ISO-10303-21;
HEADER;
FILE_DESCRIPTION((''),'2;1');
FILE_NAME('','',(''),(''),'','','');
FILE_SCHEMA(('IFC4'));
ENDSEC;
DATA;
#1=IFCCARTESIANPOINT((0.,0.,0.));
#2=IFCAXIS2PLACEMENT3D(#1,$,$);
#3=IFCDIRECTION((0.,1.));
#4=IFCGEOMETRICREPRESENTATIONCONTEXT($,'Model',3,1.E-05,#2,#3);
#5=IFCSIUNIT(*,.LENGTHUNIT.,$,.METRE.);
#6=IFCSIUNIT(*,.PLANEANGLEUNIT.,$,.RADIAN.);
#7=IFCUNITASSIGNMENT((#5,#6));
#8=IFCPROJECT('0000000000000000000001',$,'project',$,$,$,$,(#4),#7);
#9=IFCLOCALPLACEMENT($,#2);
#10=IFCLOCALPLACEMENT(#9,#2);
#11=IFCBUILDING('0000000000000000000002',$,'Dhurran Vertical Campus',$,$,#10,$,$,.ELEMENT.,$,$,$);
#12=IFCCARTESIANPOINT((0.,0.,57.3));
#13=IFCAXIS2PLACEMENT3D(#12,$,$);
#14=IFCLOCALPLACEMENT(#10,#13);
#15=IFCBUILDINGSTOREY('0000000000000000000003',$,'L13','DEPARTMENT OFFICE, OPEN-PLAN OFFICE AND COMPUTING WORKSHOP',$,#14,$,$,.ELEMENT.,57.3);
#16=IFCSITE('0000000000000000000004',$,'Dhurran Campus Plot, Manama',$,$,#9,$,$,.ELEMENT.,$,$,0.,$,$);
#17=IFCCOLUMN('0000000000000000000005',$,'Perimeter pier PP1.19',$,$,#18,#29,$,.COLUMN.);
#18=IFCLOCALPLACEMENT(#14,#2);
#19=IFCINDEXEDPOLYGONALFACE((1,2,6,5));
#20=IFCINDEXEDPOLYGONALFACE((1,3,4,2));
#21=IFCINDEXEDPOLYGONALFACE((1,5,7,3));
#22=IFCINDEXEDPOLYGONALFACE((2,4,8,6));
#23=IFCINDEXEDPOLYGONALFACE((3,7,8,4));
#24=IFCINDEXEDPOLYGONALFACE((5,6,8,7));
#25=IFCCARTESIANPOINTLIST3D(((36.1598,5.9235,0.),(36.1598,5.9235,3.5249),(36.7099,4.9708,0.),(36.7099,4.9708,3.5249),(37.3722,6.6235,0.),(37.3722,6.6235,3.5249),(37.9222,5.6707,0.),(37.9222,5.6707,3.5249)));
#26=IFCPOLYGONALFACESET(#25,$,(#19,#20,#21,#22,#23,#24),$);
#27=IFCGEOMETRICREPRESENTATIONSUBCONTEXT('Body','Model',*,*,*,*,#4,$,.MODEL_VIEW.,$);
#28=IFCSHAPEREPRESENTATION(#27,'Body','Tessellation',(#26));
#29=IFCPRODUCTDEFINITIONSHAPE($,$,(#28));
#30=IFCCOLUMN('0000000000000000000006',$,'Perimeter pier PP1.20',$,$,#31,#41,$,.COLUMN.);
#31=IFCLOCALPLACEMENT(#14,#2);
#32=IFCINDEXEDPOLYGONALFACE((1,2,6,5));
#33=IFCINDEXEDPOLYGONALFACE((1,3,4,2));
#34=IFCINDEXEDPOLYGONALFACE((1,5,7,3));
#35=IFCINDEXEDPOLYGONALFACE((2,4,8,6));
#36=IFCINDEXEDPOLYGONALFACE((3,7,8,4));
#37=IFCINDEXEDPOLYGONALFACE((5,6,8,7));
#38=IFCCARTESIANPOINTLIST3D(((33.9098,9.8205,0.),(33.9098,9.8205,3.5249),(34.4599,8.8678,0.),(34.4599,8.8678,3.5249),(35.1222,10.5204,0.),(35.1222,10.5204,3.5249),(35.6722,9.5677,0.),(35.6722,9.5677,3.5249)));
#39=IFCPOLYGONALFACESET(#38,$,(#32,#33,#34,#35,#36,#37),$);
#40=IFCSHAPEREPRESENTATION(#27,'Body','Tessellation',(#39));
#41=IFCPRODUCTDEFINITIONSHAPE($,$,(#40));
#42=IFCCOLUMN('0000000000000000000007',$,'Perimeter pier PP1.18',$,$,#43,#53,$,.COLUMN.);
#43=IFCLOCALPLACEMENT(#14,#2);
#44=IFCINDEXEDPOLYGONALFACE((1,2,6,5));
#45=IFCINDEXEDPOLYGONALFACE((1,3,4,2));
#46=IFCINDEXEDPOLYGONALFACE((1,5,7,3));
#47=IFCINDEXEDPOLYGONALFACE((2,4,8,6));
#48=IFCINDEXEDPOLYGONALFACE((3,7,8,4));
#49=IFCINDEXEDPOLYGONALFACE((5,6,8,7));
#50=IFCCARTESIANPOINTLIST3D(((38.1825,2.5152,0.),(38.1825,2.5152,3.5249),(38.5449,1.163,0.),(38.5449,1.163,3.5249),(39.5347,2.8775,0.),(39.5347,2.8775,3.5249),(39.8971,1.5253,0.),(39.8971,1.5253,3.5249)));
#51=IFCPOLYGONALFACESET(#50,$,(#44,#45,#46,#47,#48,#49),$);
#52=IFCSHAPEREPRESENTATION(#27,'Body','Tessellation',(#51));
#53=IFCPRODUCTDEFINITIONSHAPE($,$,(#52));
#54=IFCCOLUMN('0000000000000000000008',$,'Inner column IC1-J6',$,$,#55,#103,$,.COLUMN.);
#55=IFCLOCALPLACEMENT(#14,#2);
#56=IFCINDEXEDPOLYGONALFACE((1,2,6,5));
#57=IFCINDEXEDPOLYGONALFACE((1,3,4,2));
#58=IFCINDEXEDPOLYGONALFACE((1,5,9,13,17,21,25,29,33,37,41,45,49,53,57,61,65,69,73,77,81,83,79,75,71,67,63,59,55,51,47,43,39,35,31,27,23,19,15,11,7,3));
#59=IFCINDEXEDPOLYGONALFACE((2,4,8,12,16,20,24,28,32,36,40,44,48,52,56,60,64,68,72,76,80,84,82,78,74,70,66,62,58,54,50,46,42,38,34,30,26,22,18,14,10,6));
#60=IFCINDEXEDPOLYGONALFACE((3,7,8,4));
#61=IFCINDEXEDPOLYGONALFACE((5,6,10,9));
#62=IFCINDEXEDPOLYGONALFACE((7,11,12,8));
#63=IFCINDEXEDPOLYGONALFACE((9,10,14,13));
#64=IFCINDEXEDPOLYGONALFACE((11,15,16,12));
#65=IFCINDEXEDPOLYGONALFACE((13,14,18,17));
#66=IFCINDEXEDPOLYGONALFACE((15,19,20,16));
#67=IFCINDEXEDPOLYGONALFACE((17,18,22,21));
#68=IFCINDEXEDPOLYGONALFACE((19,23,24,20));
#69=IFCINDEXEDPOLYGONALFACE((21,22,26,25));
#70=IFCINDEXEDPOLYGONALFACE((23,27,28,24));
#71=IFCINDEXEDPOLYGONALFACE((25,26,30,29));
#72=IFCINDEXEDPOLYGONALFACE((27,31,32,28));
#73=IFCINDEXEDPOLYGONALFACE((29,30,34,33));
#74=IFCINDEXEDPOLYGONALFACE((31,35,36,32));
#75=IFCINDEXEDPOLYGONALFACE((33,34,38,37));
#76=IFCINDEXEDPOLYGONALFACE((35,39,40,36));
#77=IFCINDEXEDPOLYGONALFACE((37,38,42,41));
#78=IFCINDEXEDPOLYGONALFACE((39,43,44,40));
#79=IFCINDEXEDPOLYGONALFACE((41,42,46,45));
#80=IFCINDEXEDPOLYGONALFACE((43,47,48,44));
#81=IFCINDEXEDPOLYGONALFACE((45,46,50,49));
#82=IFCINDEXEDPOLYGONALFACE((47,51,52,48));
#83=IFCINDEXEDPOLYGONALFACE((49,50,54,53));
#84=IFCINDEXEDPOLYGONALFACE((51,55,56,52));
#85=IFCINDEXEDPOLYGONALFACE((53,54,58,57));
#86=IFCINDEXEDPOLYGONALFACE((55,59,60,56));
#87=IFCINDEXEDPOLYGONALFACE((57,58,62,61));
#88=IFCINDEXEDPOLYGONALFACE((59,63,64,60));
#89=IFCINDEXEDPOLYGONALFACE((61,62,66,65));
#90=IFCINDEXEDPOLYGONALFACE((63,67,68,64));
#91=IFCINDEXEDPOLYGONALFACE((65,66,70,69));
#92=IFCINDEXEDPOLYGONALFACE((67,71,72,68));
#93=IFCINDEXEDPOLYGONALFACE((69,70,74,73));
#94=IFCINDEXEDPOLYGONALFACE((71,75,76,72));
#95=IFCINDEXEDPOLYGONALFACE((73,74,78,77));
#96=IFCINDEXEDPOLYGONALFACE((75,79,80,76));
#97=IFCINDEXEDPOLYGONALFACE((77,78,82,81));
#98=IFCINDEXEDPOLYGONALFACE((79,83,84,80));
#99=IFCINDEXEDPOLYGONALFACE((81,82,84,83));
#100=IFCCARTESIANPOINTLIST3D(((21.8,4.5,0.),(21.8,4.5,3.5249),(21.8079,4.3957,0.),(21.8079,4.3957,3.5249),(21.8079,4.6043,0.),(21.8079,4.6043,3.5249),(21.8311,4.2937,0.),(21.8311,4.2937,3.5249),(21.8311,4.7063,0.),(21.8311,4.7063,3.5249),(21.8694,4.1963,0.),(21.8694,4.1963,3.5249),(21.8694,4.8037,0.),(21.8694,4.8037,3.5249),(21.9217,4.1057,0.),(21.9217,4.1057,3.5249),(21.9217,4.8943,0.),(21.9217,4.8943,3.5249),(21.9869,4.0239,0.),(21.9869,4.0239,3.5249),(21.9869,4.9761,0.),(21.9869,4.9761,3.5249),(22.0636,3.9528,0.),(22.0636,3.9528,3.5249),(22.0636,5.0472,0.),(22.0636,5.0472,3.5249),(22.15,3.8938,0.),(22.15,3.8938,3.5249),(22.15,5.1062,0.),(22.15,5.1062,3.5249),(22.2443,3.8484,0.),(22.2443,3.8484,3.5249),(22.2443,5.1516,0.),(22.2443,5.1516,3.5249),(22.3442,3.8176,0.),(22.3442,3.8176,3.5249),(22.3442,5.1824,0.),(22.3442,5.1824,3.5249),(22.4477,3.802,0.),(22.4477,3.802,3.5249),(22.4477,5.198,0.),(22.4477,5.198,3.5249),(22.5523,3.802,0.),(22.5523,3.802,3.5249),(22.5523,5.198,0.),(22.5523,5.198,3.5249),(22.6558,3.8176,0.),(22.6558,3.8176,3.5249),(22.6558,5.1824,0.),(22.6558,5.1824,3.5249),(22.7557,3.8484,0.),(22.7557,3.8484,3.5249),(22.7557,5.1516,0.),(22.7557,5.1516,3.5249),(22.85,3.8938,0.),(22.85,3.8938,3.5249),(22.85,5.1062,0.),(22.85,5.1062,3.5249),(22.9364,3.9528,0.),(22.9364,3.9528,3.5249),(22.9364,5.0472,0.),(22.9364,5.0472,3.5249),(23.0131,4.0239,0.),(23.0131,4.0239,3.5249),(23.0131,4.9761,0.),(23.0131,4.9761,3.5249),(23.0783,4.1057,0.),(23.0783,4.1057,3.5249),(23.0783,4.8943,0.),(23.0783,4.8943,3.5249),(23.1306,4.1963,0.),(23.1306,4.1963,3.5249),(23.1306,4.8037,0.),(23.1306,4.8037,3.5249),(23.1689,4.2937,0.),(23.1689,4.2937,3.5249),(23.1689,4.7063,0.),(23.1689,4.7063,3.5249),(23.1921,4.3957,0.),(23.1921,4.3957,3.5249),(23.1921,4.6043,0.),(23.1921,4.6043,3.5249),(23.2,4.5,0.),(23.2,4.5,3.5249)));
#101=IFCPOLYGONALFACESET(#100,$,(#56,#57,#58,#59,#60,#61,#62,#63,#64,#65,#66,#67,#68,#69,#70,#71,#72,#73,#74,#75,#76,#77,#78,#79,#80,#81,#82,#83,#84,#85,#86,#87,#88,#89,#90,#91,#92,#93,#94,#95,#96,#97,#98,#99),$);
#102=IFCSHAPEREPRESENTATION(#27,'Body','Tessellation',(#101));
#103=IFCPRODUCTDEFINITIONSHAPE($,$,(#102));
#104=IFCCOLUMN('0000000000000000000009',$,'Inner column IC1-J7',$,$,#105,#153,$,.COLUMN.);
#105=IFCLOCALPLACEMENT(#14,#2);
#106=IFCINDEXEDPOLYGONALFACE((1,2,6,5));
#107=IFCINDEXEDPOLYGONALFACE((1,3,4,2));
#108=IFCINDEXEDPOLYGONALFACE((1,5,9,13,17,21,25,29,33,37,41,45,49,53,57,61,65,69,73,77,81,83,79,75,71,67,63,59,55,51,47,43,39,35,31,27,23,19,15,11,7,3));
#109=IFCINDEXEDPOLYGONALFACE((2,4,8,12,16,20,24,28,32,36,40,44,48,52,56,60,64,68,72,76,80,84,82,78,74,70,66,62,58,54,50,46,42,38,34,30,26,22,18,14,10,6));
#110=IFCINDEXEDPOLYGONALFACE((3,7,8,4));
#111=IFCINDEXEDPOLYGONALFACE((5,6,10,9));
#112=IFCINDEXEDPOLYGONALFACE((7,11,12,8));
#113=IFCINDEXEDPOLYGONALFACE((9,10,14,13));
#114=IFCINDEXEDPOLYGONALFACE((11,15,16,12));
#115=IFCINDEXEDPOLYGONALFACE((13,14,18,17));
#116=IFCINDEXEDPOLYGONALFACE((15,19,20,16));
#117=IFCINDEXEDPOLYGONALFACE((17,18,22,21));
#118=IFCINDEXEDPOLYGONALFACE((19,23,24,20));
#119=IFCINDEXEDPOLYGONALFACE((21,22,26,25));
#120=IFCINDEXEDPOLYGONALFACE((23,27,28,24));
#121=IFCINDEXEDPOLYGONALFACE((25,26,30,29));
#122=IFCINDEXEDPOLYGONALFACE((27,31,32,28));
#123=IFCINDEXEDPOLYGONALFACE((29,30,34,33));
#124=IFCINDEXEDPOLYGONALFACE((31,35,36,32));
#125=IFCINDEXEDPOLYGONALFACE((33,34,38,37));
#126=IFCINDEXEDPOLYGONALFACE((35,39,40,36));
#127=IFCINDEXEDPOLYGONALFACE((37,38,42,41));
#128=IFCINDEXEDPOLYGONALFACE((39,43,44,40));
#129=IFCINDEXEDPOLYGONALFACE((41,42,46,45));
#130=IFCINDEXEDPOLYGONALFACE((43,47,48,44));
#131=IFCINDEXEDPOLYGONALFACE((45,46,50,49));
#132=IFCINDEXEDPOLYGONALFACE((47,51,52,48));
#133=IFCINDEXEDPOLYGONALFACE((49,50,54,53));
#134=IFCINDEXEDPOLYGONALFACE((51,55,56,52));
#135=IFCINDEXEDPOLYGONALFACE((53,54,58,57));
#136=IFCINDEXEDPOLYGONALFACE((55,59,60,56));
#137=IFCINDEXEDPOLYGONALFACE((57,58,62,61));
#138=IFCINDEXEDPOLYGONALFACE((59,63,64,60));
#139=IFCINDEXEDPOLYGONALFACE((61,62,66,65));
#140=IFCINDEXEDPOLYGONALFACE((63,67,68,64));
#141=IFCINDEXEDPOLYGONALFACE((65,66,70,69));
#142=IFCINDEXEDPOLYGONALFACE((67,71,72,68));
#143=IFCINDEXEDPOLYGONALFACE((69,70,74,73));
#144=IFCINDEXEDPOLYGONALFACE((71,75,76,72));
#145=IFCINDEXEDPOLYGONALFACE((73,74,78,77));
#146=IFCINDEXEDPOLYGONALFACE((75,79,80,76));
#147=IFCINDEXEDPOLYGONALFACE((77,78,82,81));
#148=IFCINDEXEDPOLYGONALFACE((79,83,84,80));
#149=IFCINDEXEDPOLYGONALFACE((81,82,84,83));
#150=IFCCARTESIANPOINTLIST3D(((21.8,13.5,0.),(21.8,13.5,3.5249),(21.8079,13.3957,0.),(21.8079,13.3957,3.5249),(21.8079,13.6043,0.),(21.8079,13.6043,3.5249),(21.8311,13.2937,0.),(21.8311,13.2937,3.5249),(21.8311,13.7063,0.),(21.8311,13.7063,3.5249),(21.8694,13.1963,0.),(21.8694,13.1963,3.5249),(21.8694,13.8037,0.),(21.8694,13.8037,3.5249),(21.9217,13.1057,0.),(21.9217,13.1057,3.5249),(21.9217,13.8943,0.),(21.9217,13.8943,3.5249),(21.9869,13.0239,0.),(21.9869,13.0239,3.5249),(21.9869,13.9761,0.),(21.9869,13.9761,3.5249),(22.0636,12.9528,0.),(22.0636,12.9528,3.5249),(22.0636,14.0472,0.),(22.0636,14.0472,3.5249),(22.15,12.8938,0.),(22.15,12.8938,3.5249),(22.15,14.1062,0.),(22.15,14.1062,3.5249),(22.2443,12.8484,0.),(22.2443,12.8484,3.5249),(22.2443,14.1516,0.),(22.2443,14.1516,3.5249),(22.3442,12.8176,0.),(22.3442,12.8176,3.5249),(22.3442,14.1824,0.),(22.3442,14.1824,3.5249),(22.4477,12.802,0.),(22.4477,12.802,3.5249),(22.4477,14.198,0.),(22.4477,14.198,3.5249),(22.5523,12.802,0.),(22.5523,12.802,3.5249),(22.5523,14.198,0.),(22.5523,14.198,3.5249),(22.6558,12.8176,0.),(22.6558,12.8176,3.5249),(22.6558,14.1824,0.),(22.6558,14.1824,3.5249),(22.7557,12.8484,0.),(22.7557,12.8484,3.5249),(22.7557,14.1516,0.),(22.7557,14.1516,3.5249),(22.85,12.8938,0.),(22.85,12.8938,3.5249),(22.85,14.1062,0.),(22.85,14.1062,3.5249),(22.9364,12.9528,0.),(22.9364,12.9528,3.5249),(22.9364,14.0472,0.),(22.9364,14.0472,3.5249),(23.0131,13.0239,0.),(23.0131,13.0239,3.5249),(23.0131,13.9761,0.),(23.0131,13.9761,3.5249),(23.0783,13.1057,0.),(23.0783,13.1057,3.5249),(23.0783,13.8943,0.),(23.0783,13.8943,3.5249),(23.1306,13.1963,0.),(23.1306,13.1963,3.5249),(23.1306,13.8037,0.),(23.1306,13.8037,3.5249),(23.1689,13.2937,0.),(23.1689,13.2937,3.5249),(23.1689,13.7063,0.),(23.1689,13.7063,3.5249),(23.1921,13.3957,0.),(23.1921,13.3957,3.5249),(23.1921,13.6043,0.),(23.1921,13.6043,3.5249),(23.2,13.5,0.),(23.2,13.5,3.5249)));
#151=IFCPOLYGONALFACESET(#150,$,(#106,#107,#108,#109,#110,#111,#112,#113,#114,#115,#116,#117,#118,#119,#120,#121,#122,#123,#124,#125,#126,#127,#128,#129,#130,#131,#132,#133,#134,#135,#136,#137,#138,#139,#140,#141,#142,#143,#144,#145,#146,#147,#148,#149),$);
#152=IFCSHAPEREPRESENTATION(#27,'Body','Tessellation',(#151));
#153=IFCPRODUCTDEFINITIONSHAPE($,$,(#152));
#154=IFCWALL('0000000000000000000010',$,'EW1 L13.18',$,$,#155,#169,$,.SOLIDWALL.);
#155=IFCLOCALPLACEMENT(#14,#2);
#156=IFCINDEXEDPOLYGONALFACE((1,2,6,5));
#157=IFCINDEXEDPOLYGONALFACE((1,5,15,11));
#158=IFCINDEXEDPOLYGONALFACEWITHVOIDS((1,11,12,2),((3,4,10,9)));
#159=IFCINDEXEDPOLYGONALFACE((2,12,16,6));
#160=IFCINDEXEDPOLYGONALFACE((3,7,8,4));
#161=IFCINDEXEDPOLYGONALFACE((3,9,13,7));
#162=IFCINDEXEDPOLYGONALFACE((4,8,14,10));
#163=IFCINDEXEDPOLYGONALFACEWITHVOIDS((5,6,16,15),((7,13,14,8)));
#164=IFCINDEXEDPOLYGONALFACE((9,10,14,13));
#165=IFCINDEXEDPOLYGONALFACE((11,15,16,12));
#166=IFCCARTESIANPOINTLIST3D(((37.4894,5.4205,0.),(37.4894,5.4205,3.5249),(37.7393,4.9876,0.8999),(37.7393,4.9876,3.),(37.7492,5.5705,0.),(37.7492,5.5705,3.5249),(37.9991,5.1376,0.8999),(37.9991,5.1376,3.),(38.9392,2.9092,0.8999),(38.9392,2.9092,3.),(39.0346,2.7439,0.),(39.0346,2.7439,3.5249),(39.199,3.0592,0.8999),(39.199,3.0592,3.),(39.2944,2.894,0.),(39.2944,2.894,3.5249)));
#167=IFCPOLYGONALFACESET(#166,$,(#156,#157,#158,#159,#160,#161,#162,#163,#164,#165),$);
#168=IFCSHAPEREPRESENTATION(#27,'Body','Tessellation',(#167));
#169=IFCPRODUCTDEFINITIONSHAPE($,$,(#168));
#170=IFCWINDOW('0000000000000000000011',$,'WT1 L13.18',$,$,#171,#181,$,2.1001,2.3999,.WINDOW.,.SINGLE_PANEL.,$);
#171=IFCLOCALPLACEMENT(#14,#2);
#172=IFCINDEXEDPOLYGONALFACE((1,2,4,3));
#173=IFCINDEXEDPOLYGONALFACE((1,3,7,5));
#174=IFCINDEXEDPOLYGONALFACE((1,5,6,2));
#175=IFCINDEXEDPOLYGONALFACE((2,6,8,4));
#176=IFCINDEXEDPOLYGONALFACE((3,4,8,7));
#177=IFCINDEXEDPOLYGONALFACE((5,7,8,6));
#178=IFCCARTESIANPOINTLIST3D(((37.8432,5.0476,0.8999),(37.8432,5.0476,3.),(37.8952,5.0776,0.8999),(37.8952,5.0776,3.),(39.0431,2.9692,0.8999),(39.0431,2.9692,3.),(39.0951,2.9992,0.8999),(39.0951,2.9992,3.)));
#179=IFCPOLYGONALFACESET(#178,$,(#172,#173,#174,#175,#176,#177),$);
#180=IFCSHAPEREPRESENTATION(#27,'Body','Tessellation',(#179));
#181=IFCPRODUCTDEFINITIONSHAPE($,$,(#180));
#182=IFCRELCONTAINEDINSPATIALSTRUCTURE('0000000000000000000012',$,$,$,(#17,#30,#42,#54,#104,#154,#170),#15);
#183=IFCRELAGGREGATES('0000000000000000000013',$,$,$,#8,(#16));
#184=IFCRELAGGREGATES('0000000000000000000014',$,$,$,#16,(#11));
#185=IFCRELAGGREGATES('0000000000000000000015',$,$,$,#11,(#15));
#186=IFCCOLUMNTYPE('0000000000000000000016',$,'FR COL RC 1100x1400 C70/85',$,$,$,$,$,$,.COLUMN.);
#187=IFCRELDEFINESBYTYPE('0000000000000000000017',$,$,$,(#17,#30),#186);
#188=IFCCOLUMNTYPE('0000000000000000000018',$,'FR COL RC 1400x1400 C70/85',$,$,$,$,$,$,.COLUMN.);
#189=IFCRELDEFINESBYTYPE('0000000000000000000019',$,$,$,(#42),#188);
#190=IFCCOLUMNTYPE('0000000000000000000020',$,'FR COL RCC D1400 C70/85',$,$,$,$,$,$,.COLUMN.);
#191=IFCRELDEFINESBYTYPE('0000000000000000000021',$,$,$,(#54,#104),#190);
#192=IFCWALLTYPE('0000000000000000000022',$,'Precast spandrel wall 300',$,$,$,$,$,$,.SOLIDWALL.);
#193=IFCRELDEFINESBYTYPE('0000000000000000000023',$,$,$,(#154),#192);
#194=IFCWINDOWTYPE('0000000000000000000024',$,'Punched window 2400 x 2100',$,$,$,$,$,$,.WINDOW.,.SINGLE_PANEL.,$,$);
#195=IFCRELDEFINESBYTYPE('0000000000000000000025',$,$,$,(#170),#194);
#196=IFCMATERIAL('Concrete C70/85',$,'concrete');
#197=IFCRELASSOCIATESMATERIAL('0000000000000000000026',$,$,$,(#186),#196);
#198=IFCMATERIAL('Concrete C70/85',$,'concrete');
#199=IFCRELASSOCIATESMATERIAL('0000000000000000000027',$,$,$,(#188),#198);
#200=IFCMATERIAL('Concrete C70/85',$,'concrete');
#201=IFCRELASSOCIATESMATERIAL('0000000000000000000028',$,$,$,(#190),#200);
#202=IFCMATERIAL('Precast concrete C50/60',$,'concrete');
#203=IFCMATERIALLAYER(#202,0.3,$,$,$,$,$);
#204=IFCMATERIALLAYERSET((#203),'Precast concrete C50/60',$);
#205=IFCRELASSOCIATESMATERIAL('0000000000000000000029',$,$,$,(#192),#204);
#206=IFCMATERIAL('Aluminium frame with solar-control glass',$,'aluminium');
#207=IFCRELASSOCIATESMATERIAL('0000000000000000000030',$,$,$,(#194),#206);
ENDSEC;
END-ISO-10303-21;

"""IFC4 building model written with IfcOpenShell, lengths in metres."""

from ifc_helpers import new_model, si_unit, direction, frame, frame_2d, origin, origin_2d, place, context, subcontext, project, spatial, rectangle, circle, extrude, material, layer, layer_set, material_profile, profile_set, type_object, element, fill, save


model = new_model("IFC4")

# Units and contexts
model_context = context("Model", 3, precision=1e-05, world=origin(), true_north=direction((0.0, 1.0)))
body_context = subcontext(model_context, "Body", "Model", "MODEL_VIEW")
ifc_project = project(units=[si_unit("LENGTHUNIT", "METRE"), si_unit("PLANEANGLEUNIT", "RADIAN")], contexts=[model_context])

# Site, building, storey
site_placement = place(None, origin())
site = spatial("IfcSite", under=ifc_project, at=site_placement, Name="Dhurran Campus Plot, Manama", CompositionType="ELEMENT", RefElevation=0.0)
building_placement = place(site_placement, origin())
building = spatial("IfcBuilding", under=site, at=building_placement, Name="Dhurran Vertical Campus", CompositionType="ELEMENT")
storey_placement = place(building_placement, frame((0.0, 0.0, 57.3)))
storey = spatial("IfcBuildingStorey", under=building, at=storey_placement, Name="L13", Description="DEPARTMENT OFFICE, OPEN-PLAN OFFICE AND COMPUTING WORKSHOP", CompositionType="ELEMENT", Elevation=57.3)

# Columns
ifc_material_1 = material(Name="Concrete C70/85", Category="concrete")
ifc_material_profile_1 = material_profile(ifc_material_1, rectangle(XDim=1.1001, YDim=1.3999, at=origin_2d()), Name="RC 1100x1400")
ifc_profile_set_1 = profile_set([ifc_material_profile_1], Name="Concrete C70/85")
column_type_1 = type_object("IfcColumnType", Name="FR COL RC 1100x1400 C70/85", PredefinedType="COLUMN", material=ifc_profile_set_1)
for number, where, z_axis, x_axis, name in (
    (1, (37.041, 5.7971, 0.0), (0.0, 0.0, 1.0), (-0.5, 0.866025, 0.0), "Perimeter pier PP1.19"),
    (2, (34.791, 9.6941, 0.0), (0.0, 0.0, 1.0), (-0.5, 0.866025, 0.0), "Perimeter pier PP1.20"),
):
    element("IfcColumn", number, at=place(storey_placement, frame(where, z_axis=z_axis, x_axis=x_axis)), inside=storey, type_object=column_type_1, Name=name, PredefinedType="COLUMN", context=body_context, shape_type="SweptSolid", body=[
        extrude(rectangle(XDim=1.1001, YDim=1.3999, at=origin_2d()), origin(), (0.0, 0.0, 1.0), 3.5249),
    ])
ifc_material_2 = material(Name="Concrete C70/85", Category="concrete")
ifc_material_profile_2 = material_profile(ifc_material_2, rectangle(XDim=1.3999, YDim=1.3999, at=origin_2d()), Name="RC 1400x1400")
ifc_profile_set_2 = profile_set([ifc_material_profile_2], Name="Concrete C70/85")
column_type_2 = type_object("IfcColumnType", Name="FR COL RC 1400x1400 C70/85", PredefinedType="COLUMN", material=ifc_profile_set_2)
column_placement = place(storey_placement, frame((39.0398, 2.0203, 0.0), z_axis=(0.0, 0.0, 1.0), x_axis=(-0.258819, 0.965926, 0.0)))
element("IfcColumn", 3, at=column_placement, inside=storey, type_object=column_type_2, Name="Perimeter pier PP1.18", PredefinedType="COLUMN", context=body_context, shape_type="SweptSolid", body=[
    extrude(rectangle(XDim=1.3999, YDim=1.3999, at=origin_2d()), origin(), (0.0, 0.0, 1.0), 3.5249),
])
ifc_material_3 = material(Name="Concrete C70/85", Category="concrete")
ifc_material_profile_3 = material_profile(ifc_material_3, circle(Radius=0.7, at=origin_2d()), Name="RCC D1400")
ifc_profile_set_3 = profile_set([ifc_material_profile_3], Name="Concrete C70/85")
column_type_3 = type_object("IfcColumnType", Name="FR COL RCC D1400 C70/85", PredefinedType="COLUMN", material=ifc_profile_set_3)
for number, where, z_axis, x_axis, name in (
    (4, (22.5, 4.5, 0.0), (0.0, 0.0, 1.0), (1.0, 0.0, 0.0), "Inner column IC1-J6"),
    (5, (22.5, 13.5, 0.0), (0.0, 0.0, 1.0), (1.0, 0.0, 0.0), "Inner column IC1-J7"),
):
    element("IfcColumn", number, at=place(storey_placement, frame(where, z_axis=z_axis, x_axis=x_axis)), inside=storey, type_object=column_type_3, Name=name, PredefinedType="COLUMN", context=body_context, shape_type="SweptSolid", body=[
        extrude(circle(Radius=0.7, at=origin_2d()), origin(), (0.0, 0.0, 1.0), 3.5249),
    ])

# Wall, opening, window
ifc_material_4 = material(Name="Precast concrete C50/60", Category="concrete")
ifc_layer_1 = layer(ifc_material_4, 0.3)
ifc_layer_set_1 = layer_set([ifc_layer_1], Name="Precast concrete C50/60")
wall_type_1 = type_object("IfcWallType", Name="Precast spandrel wall 300", PredefinedType="SOLIDWALL", material=ifc_layer_set_1)
wall_1_placement = place(storey_placement, frame((39.1646, 2.8188, 0.0), z_axis=(0.0, 0.0, 1.0), x_axis=(-0.499971, 0.866042, 0.0)))
wall_1 = element("IfcWall", 6, at=wall_1_placement, inside=storey, type_object=wall_type_1, Name="EW1 L13.18", PredefinedType="SOLIDWALL", context=body_context, shape_type="SweptSolid", body=[
    extrude(rectangle(XDim=3.0906, YDim=0.3, at=frame_2d((1.5454, 0.0))), origin(), (0.0, 0.0, 1.0), 3.5249),
])
opening_1_placement = place(wall_1_placement, frame((0.1909, 0.0, 0.8999)))
opening_1 = element("IfcOpeningElement", 7, at=opening_1_placement, cuts=wall_1, PredefinedType="OPENING", context=body_context, shape_type="SweptSolid", body=[
    extrude(rectangle(XDim=2.3999, YDim=2.1001, at=frame_2d((1.2, 1.05))), frame((0.0, 0.1599, 0.0), z_axis=(0.0, -1.0, 0.0), x_axis=(1.0, 0.0, 0.0)), (0.0, 0.0, 1.0), 0.3201),
])
ifc_material_5 = material(Name="Aluminium frame with solar-control glass", Category="aluminium")
window_type = type_object("IfcWindowType", Name="Punched window 2400 x 2100", PartitioningType="SINGLE_PANEL", PredefinedType="WINDOW", material=ifc_material_5)
window_1_placement = place(opening_1_placement, origin())
window_1 = element("IfcWindow", 8, at=window_1_placement, inside=storey, type_object=window_type, Name="WT1 L13.18", OverallHeight=2.1001, OverallWidth=2.3999, PartitioningType="SINGLE_PANEL", PredefinedType="WINDOW", context=body_context, shape_type="SweptSolid", body=[
    extrude(rectangle(XDim=2.3999, YDim=2.1001, at=frame_2d((1.2, 1.05))), frame((0.0, 0.03, 0.0), z_axis=(0.0, -1.0, 0.0), x_axis=(1.0, 0.0, 0.0)), (0.0, 0.0, 1.0), 0.0601),
])
fill(opening_1, window_1)

save(model, "model.ifc")
